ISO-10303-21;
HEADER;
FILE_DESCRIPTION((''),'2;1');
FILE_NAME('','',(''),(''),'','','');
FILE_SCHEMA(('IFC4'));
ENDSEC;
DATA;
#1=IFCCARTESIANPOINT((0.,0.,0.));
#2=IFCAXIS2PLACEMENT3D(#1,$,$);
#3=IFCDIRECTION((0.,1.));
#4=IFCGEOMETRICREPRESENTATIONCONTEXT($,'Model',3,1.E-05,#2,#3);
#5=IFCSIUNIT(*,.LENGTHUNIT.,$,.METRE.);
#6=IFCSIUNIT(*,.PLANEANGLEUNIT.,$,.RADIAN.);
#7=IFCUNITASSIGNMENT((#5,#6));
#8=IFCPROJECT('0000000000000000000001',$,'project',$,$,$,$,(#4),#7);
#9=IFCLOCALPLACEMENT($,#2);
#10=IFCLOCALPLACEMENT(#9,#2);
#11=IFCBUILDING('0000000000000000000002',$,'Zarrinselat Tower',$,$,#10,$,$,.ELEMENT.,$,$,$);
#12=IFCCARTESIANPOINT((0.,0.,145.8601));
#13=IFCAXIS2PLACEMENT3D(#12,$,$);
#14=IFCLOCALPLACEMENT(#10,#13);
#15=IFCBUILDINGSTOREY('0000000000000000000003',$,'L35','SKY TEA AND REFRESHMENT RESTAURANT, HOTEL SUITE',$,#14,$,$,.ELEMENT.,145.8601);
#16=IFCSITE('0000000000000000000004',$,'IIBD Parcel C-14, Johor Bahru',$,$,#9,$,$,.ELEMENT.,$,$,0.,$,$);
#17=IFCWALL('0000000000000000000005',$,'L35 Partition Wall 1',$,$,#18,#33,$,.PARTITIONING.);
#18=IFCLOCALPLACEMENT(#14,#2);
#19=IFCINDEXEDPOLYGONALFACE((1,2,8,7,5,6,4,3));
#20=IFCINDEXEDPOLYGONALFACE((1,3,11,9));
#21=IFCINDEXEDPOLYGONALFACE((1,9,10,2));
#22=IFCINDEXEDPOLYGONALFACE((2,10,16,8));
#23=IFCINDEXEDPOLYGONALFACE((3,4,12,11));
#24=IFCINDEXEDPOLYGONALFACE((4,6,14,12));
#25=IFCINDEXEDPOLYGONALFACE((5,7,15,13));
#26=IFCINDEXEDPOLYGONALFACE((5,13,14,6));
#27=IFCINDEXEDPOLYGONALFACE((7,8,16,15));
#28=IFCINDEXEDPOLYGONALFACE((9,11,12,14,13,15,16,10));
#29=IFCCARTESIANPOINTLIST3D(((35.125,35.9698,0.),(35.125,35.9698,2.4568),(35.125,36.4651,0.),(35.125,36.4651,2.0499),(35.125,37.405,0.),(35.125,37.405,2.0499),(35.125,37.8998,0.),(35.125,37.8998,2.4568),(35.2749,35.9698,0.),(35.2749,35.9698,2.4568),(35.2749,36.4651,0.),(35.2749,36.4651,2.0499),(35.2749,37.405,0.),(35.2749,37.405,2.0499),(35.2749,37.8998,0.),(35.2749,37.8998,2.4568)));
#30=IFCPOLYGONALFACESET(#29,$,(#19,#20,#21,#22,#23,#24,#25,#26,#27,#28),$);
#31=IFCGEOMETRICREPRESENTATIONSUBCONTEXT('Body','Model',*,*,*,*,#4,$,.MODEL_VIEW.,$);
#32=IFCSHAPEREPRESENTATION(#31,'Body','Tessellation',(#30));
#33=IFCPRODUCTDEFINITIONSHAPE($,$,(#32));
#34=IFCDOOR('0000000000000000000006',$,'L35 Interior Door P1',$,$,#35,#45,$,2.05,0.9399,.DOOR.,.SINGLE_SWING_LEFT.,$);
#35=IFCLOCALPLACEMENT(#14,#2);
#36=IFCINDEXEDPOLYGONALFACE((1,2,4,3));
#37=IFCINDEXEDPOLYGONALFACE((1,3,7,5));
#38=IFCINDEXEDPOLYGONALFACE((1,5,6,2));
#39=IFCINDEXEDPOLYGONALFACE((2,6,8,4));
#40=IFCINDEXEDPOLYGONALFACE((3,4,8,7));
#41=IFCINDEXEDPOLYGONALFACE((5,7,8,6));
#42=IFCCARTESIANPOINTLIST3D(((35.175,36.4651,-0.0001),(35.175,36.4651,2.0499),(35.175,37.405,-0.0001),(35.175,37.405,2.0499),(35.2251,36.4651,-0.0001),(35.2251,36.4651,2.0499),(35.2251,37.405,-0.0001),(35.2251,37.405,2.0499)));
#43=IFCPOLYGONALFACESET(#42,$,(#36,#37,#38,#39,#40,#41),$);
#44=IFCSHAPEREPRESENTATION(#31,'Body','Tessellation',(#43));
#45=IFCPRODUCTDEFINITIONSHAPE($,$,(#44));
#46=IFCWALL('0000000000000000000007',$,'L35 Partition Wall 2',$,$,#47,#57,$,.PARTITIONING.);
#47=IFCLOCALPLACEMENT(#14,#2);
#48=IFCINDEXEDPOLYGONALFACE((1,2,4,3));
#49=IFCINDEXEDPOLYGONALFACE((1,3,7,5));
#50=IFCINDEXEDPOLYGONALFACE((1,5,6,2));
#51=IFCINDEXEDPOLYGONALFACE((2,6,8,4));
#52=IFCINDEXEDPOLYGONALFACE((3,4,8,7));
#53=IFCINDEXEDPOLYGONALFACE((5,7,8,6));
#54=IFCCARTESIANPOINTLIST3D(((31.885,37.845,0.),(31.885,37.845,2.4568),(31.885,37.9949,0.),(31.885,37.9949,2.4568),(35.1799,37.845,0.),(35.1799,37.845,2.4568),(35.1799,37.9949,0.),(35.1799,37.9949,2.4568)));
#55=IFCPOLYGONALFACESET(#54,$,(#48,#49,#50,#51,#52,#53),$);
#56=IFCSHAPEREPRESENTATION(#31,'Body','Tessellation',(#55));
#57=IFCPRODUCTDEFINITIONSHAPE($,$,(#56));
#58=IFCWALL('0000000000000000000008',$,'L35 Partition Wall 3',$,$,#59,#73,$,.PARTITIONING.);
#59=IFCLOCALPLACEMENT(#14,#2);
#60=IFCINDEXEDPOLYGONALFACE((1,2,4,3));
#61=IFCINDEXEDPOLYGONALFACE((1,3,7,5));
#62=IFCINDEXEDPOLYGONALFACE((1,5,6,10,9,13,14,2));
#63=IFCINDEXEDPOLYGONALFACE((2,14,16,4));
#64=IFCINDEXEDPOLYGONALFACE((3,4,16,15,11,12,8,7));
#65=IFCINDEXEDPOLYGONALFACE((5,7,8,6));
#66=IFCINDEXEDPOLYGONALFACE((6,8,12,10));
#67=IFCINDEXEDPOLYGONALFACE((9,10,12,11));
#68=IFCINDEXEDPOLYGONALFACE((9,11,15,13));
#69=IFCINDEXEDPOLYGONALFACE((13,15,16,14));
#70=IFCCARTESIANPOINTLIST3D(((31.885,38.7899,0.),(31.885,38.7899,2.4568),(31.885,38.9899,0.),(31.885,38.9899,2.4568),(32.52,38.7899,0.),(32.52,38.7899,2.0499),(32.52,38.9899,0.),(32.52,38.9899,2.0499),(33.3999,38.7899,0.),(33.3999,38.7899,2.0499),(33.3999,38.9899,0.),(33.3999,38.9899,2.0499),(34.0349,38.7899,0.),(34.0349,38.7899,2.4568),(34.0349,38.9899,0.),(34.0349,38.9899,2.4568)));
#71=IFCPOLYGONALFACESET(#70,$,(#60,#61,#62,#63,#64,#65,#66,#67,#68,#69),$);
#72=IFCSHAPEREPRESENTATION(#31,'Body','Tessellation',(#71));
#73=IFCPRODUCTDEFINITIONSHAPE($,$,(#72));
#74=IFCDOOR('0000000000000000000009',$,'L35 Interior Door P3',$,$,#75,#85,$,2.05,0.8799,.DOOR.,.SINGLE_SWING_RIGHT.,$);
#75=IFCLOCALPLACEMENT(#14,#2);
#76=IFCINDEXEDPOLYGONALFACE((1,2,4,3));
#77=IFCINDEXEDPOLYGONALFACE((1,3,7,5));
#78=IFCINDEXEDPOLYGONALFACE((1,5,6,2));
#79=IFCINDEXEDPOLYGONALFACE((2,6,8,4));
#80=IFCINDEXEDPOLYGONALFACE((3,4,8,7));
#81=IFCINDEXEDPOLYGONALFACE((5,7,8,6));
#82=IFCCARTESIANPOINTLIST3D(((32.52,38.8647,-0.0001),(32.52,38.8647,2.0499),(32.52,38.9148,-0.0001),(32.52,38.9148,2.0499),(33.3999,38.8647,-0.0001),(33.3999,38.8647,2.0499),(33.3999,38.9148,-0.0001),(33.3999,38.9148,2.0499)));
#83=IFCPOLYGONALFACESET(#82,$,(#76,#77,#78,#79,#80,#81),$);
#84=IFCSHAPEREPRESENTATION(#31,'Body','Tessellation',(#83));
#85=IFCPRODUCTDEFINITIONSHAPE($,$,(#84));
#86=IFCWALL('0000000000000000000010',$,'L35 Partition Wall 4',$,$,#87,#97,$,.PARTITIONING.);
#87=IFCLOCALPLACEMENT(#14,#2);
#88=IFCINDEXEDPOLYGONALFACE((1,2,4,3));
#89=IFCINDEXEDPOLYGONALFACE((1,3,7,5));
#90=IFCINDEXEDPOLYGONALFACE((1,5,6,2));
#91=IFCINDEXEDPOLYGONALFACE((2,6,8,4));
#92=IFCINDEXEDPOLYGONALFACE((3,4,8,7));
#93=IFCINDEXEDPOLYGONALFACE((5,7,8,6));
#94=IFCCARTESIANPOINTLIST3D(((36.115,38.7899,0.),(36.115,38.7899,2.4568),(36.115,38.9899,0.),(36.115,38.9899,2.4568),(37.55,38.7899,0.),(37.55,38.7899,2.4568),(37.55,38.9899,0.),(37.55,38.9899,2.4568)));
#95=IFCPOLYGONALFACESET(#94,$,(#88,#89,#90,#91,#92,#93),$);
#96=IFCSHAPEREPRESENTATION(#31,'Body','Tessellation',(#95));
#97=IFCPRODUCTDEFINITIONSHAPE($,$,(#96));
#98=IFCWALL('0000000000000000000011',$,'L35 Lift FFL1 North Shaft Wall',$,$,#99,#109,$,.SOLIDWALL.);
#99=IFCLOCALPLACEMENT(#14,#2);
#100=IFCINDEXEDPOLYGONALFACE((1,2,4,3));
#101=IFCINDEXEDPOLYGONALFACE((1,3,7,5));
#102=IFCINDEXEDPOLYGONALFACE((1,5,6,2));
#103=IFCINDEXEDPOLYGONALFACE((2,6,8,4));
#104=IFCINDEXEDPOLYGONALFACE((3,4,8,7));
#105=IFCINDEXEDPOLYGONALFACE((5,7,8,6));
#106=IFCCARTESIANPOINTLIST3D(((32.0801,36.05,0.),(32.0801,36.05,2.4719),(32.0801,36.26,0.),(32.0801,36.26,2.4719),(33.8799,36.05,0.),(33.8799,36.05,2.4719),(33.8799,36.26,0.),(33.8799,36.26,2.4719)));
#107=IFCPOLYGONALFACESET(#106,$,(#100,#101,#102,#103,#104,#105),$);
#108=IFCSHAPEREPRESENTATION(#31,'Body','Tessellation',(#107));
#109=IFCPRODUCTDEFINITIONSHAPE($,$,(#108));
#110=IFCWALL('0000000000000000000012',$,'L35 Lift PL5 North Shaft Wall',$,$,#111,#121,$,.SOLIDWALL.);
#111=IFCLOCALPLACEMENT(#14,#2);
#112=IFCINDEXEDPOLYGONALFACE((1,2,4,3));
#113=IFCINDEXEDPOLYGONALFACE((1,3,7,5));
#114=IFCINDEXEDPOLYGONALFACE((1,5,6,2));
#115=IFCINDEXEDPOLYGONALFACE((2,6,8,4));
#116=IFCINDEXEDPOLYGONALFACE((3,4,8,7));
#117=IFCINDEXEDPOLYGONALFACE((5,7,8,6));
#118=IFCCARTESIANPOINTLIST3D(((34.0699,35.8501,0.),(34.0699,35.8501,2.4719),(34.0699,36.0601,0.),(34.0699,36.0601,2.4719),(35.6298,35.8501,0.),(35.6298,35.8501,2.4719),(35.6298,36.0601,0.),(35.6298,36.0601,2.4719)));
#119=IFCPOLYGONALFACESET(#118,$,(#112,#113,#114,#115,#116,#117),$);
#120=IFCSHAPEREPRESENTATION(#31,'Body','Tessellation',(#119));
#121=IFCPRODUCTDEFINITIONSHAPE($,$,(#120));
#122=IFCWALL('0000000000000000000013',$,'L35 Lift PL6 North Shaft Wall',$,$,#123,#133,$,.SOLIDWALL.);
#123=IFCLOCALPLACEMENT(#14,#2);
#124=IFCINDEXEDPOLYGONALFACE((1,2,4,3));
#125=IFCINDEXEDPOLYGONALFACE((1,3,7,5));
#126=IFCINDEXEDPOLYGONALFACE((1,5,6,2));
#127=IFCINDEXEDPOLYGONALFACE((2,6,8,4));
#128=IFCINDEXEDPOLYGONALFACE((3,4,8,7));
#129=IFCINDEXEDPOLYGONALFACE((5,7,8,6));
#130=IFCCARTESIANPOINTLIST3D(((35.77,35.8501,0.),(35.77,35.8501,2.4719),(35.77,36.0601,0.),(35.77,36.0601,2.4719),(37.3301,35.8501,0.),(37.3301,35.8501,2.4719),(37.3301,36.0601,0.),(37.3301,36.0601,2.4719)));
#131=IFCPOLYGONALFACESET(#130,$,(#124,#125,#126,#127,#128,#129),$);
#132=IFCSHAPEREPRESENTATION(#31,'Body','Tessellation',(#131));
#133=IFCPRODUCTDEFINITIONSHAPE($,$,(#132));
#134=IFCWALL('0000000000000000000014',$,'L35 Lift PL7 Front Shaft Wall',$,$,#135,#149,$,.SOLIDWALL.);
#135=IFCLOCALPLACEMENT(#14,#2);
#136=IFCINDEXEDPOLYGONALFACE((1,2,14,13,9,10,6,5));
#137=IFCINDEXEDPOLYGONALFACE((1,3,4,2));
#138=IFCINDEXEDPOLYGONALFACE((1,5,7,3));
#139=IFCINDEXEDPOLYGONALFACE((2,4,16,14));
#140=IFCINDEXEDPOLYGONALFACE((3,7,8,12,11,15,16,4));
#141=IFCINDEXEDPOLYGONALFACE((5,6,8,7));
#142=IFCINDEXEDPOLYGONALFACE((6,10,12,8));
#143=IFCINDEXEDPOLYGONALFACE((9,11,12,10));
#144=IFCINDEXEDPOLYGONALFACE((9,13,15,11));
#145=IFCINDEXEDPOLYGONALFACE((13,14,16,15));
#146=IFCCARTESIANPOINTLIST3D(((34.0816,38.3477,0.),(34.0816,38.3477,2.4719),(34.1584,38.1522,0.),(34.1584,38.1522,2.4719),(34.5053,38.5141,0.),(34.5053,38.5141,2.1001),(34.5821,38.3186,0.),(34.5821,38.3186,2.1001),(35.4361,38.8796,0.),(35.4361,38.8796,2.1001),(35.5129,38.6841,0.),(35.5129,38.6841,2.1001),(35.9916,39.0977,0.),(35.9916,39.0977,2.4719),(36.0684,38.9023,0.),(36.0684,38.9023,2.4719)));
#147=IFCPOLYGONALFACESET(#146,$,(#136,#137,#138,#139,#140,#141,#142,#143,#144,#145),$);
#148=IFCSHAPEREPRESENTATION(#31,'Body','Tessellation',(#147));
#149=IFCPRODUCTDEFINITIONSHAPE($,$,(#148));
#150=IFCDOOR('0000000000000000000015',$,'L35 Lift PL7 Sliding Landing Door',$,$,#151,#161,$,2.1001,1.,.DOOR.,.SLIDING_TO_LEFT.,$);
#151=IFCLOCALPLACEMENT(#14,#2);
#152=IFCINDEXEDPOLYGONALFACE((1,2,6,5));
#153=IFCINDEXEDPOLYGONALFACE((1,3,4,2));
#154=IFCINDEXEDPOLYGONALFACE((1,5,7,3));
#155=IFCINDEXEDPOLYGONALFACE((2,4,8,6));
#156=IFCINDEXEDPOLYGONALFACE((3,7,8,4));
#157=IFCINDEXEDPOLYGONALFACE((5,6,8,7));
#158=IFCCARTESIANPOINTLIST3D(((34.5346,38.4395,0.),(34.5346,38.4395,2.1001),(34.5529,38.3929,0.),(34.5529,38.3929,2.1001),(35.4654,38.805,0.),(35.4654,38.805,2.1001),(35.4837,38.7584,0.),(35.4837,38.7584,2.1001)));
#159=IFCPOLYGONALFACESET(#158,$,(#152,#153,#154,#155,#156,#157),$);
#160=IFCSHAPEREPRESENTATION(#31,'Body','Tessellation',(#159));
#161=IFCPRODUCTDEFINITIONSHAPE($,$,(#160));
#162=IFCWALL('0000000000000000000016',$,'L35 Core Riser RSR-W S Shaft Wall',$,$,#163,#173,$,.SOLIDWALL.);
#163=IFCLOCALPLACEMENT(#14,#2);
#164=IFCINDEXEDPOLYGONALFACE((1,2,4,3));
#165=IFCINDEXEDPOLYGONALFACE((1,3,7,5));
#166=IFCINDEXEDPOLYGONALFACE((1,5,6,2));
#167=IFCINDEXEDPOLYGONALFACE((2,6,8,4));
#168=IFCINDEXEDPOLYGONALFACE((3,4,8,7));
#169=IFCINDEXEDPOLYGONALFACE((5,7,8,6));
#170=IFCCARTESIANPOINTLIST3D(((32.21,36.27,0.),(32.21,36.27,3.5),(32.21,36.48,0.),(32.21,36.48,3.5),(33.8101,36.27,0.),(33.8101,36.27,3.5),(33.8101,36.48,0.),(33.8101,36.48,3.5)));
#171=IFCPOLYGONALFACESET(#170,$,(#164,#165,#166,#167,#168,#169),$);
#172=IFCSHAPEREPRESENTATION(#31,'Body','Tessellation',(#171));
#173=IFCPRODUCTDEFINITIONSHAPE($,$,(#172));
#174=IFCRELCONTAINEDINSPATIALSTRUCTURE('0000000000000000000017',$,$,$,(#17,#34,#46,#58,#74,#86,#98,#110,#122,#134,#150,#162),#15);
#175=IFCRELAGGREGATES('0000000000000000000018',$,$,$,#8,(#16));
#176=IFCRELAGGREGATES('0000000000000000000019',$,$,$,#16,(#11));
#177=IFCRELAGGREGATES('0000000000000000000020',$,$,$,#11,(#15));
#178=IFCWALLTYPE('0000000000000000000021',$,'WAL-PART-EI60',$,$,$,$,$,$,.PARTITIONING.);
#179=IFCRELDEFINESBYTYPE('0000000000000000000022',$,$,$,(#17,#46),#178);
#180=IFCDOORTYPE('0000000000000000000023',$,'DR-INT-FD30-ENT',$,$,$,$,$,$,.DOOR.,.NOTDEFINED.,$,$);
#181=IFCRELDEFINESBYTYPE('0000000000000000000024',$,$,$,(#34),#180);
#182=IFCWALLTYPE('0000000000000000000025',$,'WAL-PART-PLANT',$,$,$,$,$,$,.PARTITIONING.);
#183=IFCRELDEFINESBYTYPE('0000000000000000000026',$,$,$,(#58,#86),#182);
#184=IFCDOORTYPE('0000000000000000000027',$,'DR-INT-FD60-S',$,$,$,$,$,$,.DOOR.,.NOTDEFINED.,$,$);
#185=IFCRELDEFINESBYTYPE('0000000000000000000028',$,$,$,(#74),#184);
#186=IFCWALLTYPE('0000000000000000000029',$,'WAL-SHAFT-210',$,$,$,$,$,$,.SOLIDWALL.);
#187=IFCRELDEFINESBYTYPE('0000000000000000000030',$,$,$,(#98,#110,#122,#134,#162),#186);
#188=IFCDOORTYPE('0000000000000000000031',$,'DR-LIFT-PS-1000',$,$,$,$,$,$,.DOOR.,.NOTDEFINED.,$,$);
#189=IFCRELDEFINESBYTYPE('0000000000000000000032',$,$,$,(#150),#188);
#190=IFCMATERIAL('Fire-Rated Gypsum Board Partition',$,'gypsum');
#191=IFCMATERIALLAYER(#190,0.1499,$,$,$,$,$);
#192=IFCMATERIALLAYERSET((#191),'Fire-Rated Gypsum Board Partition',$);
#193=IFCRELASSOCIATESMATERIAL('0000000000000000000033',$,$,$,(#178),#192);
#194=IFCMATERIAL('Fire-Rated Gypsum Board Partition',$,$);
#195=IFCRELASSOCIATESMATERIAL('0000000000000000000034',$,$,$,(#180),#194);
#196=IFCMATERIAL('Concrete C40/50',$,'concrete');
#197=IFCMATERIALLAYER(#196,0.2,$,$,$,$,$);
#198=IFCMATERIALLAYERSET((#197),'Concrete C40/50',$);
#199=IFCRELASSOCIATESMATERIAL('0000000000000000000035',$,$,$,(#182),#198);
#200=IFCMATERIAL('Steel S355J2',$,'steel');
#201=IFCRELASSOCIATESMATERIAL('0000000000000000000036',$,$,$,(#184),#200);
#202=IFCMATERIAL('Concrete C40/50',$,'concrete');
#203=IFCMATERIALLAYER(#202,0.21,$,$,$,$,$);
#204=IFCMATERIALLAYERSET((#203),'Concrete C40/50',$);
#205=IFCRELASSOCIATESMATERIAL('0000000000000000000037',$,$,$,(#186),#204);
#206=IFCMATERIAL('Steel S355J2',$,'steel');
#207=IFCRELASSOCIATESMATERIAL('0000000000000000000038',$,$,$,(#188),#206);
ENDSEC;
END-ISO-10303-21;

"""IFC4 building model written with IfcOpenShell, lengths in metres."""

from ifc_helpers import new_model, si_unit, direction, frame, frame_2d, origin, place, context, subcontext, project, spatial, rectangle, extrude, material, layer, layer_set, type_object, element, fill, save


model = new_model("IFC4")

# Units and contexts
model_context = context("Model", 3, precision=1e-05, world=origin(), true_north=direction((0.0, 1.0)))
body_context = subcontext(model_context, "Body", "Model", "MODEL_VIEW")
ifc_project = project(units=[si_unit("LENGTHUNIT", "METRE"), si_unit("PLANEANGLEUNIT", "RADIAN")], contexts=[model_context])

# Site, building, storey
site_placement = place(None, origin())
site = spatial("IfcSite", under=ifc_project, at=site_placement, Name="IIBD Parcel C-14, Johor Bahru", CompositionType="ELEMENT", RefElevation=0.0)
building_placement = place(site_placement, origin())
building = spatial("IfcBuilding", under=site, at=building_placement, Name="Zarrinselat Tower", CompositionType="ELEMENT")
storey_placement = place(building_placement, frame((0.0, 0.0, 145.8601)))
storey = spatial("IfcBuildingStorey", under=building, at=storey_placement, Name="L35", Description="SKY TEA AND REFRESHMENT RESTAURANT, HOTEL SUITE", CompositionType="ELEMENT", Elevation=145.8601)

# Wall, opening, door
ifc_material_1 = material(Name="Fire-Rated Gypsum Board Partition", Category="gypsum")
ifc_layer_1 = layer(ifc_material_1, 0.1499)
ifc_layer_set_1 = layer_set([ifc_layer_1], Name="Fire-Rated Gypsum Board Partition")
wall_type_1 = type_object("IfcWallType", Name="WAL-PART-EI60", PredefinedType="PARTITIONING", material=ifc_layer_set_1)
wall_1_placement = place(storey_placement, frame((35.2, 35.97, 0.0), z_axis=(0.0, 0.0, 1.0), x_axis=(0.0, 1.0, 0.0)))
wall_1 = element("IfcWall", 1, at=wall_1_placement, inside=storey, type_object=wall_type_1, Name="L35 Partition Wall 1", PredefinedType="PARTITIONING", context=body_context, shape_type="SweptSolid", body=[
    extrude(rectangle(XDim=1.9299, YDim=0.1499, at=frame_2d((0.9648, 0.0))), origin(), (0.0, 0.0, 1.0), 2.4568),
])
opening_1_placement = place(wall_1_placement, frame((0.4951, 0.0, 0.0)))
opening_1 = element("IfcOpeningElement", 2, at=opening_1_placement, cuts=wall_1, PredefinedType="OPENING", context=body_context, shape_type="SweptSolid", body=[
    extrude(rectangle(XDim=0.9399, YDim=2.05, at=frame_2d((0.47, 1.0249))), frame((0.0, 0.085, 0.0), z_axis=(0.0, -1.0, 0.0), x_axis=(1.0, 0.0, 0.0)), (0.0, 0.0, 1.0), 0.1699),
])
ifc_material_2 = material(Name="Fire-Rated Gypsum Board Partition")
door_type_1 = type_object("IfcDoorType", Name="DR-INT-FD30-ENT", OperationType="NOTDEFINED", PredefinedType="DOOR", material=ifc_material_2)
door_1_placement = place(opening_1_placement, origin())
door_1 = element("IfcDoor", 3, at=door_1_placement, inside=storey, type_object=door_type_1, Name="L35 Interior Door P1", OperationType="SINGLE_SWING_LEFT", OverallHeight=2.05, OverallWidth=0.9399, PredefinedType="DOOR", context=body_context, shape_type="SweptSolid", body=[
    extrude(rectangle(XDim=0.9399, YDim=2.05, at=frame_2d((0.47, 1.0249))), frame((0.0, 0.0249, 0.0), z_axis=(0.0, -1.0, 0.0), x_axis=(1.0, 0.0, 0.0)), (0.0, 0.0, 1.0), 0.05),
])
fill(opening_1, door_1)

# Wall
wall_2_placement = place(storey_placement, frame((31.885, 37.9199, 0.0), z_axis=(0.0, 0.0, 1.0), x_axis=(1.0, 0.0, 0.0)))
element("IfcWall", 4, at=wall_2_placement, inside=storey, type_object=wall_type_1, Name="L35 Partition Wall 2", PredefinedType="PARTITIONING", context=body_context, shape_type="SweptSolid", body=[
    extrude(rectangle(XDim=3.2949, YDim=0.1499, at=frame_2d((1.6475, 0.0))), origin(), (0.0, 0.0, 1.0), 2.4568),
])

# Wall, opening, door
ifc_material_3 = material(Name="Concrete C40/50", Category="concrete")
ifc_layer_2 = layer(ifc_material_3, 0.2)
ifc_layer_set_2 = layer_set([ifc_layer_2], Name="Concrete C40/50")
wall_type_2 = type_object("IfcWallType", Name="WAL-PART-PLANT", PredefinedType="PARTITIONING", material=ifc_layer_set_2)
wall_3_placement = place(storey_placement, frame((31.885, 38.8899, 0.0), z_axis=(0.0, 0.0, 1.0), x_axis=(1.0, 0.0, 0.0)))
wall_3 = element("IfcWall", 5, at=wall_3_placement, inside=storey, type_object=wall_type_2, Name="L35 Partition Wall 3", PredefinedType="PARTITIONING", context=body_context, shape_type="SweptSolid", body=[
    extrude(rectangle(XDim=2.1499, YDim=0.2, at=frame_2d((1.075, 0.0))), origin(), (0.0, 0.0, 1.0), 2.4568),
])
opening_2_placement = place(wall_3_placement, frame((0.635, 0.0, 0.0)))
opening_2 = element("IfcOpeningElement", 6, at=opening_2_placement, cuts=wall_3, PredefinedType="OPENING", context=body_context, shape_type="SweptSolid", body=[
    extrude(rectangle(XDim=0.8799, YDim=2.05, at=frame_2d((0.4399, 1.0249))), frame((0.0, 0.1099, 0.0), z_axis=(0.0, -1.0, 0.0), x_axis=(1.0, 0.0, 0.0)), (0.0, 0.0, 1.0), 0.22),
])
ifc_material_4 = material(Name="Steel S355J2", Category="steel")
door_type_2 = type_object("IfcDoorType", Name="DR-INT-FD60-S", OperationType="NOTDEFINED", PredefinedType="DOOR", material=ifc_material_4)
door_2_placement = place(opening_2_placement, origin())
door_2 = element("IfcDoor", 7, at=door_2_placement, inside=storey, type_object=door_type_2, Name="L35 Interior Door P3", OperationType="SINGLE_SWING_RIGHT", OverallHeight=2.05, OverallWidth=0.8799, PredefinedType="DOOR", context=body_context, shape_type="SweptSolid", body=[
    extrude(rectangle(XDim=0.8799, YDim=2.05, at=frame_2d((0.4399, 1.0249))), frame((0.0, 0.0249, 0.0), z_axis=(0.0, -1.0, 0.0), x_axis=(1.0, 0.0, 0.0)), (0.0, 0.0, 1.0), 0.05),
])
fill(opening_2, door_2)

# Walls
wall_4_placement = place(storey_placement, frame((36.115, 38.8899, 0.0), z_axis=(0.0, 0.0, 1.0), x_axis=(1.0, 0.0, 0.0)))
element("IfcWall", 8, at=wall_4_placement, inside=storey, type_object=wall_type_2, Name="L35 Partition Wall 4", PredefinedType="PARTITIONING", context=body_context, shape_type="SweptSolid", body=[
    extrude(rectangle(XDim=1.4351, YDim=0.2, at=frame_2d((0.7175, 0.0))), origin(), (0.0, 0.0, 1.0), 2.4568),
])
ifc_material_5 = material(Name="Concrete C40/50", Category="concrete")
ifc_layer_3 = layer(ifc_material_5, 0.21)
ifc_layer_set_3 = layer_set([ifc_layer_3], Name="Concrete C40/50")
wall_type_3 = type_object("IfcWallType", Name="WAL-SHAFT-210", PredefinedType="SOLIDWALL", material=ifc_layer_set_3)
wall_5_placement = place(storey_placement, frame((32.0801, 36.155, 0.0), z_axis=(0.0, 0.0, 1.0), x_axis=(1.0, 0.0, 0.0)))
element("IfcWall", 9, at=wall_5_placement, inside=storey, type_object=wall_type_3, Name="L35 Lift FFL1 North Shaft Wall", PredefinedType="SOLIDWALL", context=body_context, shape_type="SweptSolid", body=[
    extrude(rectangle(XDim=1.7998, YDim=0.21, at=frame_2d((0.8999, 0.0))), origin(), (0.0, 0.0, 1.0), 2.4719),
])
wall_6_placement = place(storey_placement, frame((34.0701, 35.9551, 0.0), z_axis=(0.0, 0.0, 1.0), x_axis=(1.0, 0.0, 0.0)))
element("IfcWall", 10, at=wall_6_placement, inside=storey, type_object=wall_type_3, Name="L35 Lift PL5 North Shaft Wall", PredefinedType="SOLIDWALL", context=body_context, shape_type="SweptSolid", body=[
    extrude(rectangle(XDim=1.5598, YDim=0.21, at=frame_2d((0.7798, 0.0))), origin(), (0.0, 0.0, 1.0), 2.4719),
])
wall_7_placement = place(storey_placement, frame((35.77, 35.9551, 0.0), z_axis=(0.0, 0.0, 1.0), x_axis=(1.0, 0.0, 0.0)))
element("IfcWall", 11, at=wall_7_placement, inside=storey, type_object=wall_type_3, Name="L35 Lift PL6 North Shaft Wall", PredefinedType="SOLIDWALL", context=body_context, shape_type="SweptSolid", body=[
    extrude(rectangle(XDim=1.5601, YDim=0.21, at=frame_2d((0.78, 0.0))), origin(), (0.0, 0.0, 1.0), 2.4719),
])

# Wall, opening, door
wall_8_placement = place(storey_placement, frame((34.1201, 38.25, 0.0), z_axis=(0.0, 0.0, 1.0), x_axis=(0.930805, 0.365516, 0.0)))
wall_8 = element("IfcWall", 12, at=wall_8_placement, inside=storey, type_object=wall_type_3, Name="L35 Lift PL7 Front Shaft Wall", PredefinedType="SOLIDWALL", context=body_context, shape_type="SweptSolid", body=[
    extrude(rectangle(XDim=2.052, YDim=0.21, at=frame_2d((1.0259, 0.0))), origin(), (0.0, 0.0, 1.0), 2.4719),
])
opening_3_placement = place(wall_8_placement, frame((0.4551, 0.0, 0.0)))
opening_3 = element("IfcOpeningElement", 13, at=opening_3_placement, cuts=wall_8, PredefinedType="OPENING", context=body_context, shape_type="SweptSolid", body=[
    extrude(rectangle(XDim=1.0, YDim=2.1001, at=frame_2d((0.5, 1.05))), frame((0.0, 0.115, 0.0), z_axis=(0.0, -1.0, 0.0), x_axis=(1.0, 0.0, 0.0)), (0.0, 0.0, 1.0), 0.23),
])
ifc_material_6 = material(Name="Steel S355J2", Category="steel")
door_type_3 = type_object("IfcDoorType", Name="DR-LIFT-PS-1000", OperationType="NOTDEFINED", PredefinedType="DOOR", material=ifc_material_6)
door_3_placement = place(opening_3_placement, origin())
door_3 = element("IfcDoor", 14, at=door_3_placement, inside=storey, type_object=door_type_3, Name="L35 Lift PL7 Sliding Landing Door", OperationType="SLIDING_TO_LEFT", OverallHeight=2.1001, OverallWidth=1.0, PredefinedType="DOOR", context=body_context, shape_type="SweptSolid", body=[
    extrude(rectangle(XDim=1.0, YDim=2.1001, at=frame_2d((0.5, 1.05))), frame((0.0, 0.0249, 0.0), z_axis=(0.0, -1.0, 0.0), x_axis=(1.0, 0.0, 0.0)), (0.0, 0.0, 1.0), 0.05),
])
fill(opening_3, door_3)

# Wall
for number, where, z_axis, x_axis, name in (
    (15, (32.21, 36.375, 0.0), (0.0, 0.0, 1.0), (1.0, 0.0, 0.0), "L35 Core Riser RSR-W S Shaft Wall"),
):
    element("IfcWall", number, at=place(storey_placement, frame(where, z_axis=z_axis, x_axis=x_axis)), inside=storey, type_object=wall_type_3, Name=name, PredefinedType="SOLIDWALL", context=body_context, shape_type="SweptSolid", body=[
        extrude(rectangle(XDim=1.6001, YDim=0.21, at=frame_2d((0.8, 0.0))), origin(), (0.0, 0.0, 1.0), 3.5),
    ])

save(model, "model.ifc")
